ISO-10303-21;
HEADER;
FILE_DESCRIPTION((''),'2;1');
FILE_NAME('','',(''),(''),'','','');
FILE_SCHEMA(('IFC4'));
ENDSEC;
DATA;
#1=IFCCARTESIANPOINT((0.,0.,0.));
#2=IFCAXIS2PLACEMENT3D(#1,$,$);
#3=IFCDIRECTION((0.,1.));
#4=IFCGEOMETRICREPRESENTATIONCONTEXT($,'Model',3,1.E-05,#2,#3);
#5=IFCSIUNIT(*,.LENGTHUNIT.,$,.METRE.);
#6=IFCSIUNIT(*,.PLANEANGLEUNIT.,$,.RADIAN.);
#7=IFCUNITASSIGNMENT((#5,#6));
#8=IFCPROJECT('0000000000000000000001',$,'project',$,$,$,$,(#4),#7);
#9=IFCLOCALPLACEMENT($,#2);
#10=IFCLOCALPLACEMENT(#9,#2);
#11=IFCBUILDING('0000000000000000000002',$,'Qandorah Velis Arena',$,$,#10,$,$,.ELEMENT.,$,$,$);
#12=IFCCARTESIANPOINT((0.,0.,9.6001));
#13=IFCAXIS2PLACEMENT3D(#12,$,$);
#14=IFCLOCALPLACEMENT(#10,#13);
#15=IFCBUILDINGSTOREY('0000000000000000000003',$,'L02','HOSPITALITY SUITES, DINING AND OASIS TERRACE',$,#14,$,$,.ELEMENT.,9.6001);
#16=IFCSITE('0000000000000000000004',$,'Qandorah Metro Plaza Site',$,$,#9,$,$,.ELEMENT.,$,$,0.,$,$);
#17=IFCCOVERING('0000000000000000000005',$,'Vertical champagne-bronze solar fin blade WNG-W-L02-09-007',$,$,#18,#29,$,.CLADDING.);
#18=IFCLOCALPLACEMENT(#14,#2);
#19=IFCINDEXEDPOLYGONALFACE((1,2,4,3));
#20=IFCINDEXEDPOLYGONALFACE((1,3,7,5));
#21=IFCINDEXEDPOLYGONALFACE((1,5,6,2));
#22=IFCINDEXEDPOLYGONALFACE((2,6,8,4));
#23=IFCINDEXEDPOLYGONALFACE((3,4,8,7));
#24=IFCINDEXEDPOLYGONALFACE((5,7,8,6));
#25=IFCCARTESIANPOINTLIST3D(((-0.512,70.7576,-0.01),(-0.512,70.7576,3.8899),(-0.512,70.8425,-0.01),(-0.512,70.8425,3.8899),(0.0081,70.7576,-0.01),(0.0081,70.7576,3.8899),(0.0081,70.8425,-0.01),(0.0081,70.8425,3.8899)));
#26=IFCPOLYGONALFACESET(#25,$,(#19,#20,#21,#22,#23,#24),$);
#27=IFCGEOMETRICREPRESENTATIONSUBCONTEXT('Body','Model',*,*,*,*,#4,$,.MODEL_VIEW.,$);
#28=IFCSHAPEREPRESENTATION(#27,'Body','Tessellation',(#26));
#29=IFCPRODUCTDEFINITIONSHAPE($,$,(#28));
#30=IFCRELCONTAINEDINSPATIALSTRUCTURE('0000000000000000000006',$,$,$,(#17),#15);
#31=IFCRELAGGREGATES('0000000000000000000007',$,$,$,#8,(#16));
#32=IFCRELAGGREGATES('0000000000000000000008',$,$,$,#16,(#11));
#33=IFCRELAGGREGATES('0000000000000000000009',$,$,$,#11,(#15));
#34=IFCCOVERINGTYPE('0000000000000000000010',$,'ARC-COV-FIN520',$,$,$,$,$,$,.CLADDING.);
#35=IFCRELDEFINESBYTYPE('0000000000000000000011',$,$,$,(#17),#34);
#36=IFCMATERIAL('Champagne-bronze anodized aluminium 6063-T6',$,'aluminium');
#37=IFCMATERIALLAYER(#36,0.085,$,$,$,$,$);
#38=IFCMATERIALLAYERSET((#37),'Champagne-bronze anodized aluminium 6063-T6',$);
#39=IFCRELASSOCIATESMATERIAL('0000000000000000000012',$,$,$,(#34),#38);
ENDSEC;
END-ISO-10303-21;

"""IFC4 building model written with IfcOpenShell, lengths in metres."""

from ifc_helpers import new_model, si_unit, direction, frame, origin, origin_2d, place, context, subcontext, project, spatial, rectangle, extrude, material, layer, layer_set, type_object, element, save


model = new_model("IFC4")

# Units and contexts
model_context = context("Model", 3, precision=1e-05, world=origin(), true_north=direction((0.0, 1.0)))
body_context = subcontext(model_context, "Body", "Model", "MODEL_VIEW")
ifc_project = project(units=[si_unit("LENGTHUNIT", "METRE"), si_unit("PLANEANGLEUNIT", "RADIAN")], contexts=[model_context])

# Site, building, storey
site_placement = place(None, origin())
site = spatial("IfcSite", under=ifc_project, at=site_placement, Name="Qandorah Metro Plaza Site", CompositionType="ELEMENT", RefElevation=0.0)
building_placement = place(site_placement, origin())
building = spatial("IfcBuilding", under=site, at=building_placement, Name="Qandorah Velis Arena", CompositionType="ELEMENT")
storey_placement = place(building_placement, frame((0.0, 0.0, 9.6001)))
storey = spatial("IfcBuildingStorey", under=building, at=storey_placement, Name="L02", Description="HOSPITALITY SUITES, DINING AND OASIS TERRACE", CompositionType="ELEMENT", Elevation=9.6001)

# Shared definitions
ifc_material_1 = material(Name="Champagne-bronze anodized aluminium 6063-T6", Category="aluminium")

# Covering
ifc_layer_1 = layer(ifc_material_1, 0.085)
ifc_layer_set_1 = layer_set([ifc_layer_1], Name="Champagne-bronze anodized aluminium 6063-T6")
covering_type_1 = type_object("IfcCoveringType", Name="ARC-COV-FIN520", PredefinedType="CLADDING", material=ifc_layer_set_1)
for number, where, z_axis, x_axis, name in (
    (1, (-0.252, 70.8, -0.01), (0.0, 0.0, 1.0), (1.0, 0.0, 0.0), "Vertical champagne-bronze solar fin blade WNG-W-L02-09-007"),
):
    element("IfcCovering", number, at=place(storey_placement, frame(where, z_axis=z_axis, x_axis=x_axis)), inside=storey, type_object=covering_type_1, Name=name, PredefinedType="CLADDING", context=body_context, shape_type="SweptSolid", body=[
        extrude(rectangle(XDim=0.52, YDim=0.085, at=origin_2d()), origin(), (0.0, 0.0, 1.0), 3.8999),
    ])

save(model, "model.ifc")
